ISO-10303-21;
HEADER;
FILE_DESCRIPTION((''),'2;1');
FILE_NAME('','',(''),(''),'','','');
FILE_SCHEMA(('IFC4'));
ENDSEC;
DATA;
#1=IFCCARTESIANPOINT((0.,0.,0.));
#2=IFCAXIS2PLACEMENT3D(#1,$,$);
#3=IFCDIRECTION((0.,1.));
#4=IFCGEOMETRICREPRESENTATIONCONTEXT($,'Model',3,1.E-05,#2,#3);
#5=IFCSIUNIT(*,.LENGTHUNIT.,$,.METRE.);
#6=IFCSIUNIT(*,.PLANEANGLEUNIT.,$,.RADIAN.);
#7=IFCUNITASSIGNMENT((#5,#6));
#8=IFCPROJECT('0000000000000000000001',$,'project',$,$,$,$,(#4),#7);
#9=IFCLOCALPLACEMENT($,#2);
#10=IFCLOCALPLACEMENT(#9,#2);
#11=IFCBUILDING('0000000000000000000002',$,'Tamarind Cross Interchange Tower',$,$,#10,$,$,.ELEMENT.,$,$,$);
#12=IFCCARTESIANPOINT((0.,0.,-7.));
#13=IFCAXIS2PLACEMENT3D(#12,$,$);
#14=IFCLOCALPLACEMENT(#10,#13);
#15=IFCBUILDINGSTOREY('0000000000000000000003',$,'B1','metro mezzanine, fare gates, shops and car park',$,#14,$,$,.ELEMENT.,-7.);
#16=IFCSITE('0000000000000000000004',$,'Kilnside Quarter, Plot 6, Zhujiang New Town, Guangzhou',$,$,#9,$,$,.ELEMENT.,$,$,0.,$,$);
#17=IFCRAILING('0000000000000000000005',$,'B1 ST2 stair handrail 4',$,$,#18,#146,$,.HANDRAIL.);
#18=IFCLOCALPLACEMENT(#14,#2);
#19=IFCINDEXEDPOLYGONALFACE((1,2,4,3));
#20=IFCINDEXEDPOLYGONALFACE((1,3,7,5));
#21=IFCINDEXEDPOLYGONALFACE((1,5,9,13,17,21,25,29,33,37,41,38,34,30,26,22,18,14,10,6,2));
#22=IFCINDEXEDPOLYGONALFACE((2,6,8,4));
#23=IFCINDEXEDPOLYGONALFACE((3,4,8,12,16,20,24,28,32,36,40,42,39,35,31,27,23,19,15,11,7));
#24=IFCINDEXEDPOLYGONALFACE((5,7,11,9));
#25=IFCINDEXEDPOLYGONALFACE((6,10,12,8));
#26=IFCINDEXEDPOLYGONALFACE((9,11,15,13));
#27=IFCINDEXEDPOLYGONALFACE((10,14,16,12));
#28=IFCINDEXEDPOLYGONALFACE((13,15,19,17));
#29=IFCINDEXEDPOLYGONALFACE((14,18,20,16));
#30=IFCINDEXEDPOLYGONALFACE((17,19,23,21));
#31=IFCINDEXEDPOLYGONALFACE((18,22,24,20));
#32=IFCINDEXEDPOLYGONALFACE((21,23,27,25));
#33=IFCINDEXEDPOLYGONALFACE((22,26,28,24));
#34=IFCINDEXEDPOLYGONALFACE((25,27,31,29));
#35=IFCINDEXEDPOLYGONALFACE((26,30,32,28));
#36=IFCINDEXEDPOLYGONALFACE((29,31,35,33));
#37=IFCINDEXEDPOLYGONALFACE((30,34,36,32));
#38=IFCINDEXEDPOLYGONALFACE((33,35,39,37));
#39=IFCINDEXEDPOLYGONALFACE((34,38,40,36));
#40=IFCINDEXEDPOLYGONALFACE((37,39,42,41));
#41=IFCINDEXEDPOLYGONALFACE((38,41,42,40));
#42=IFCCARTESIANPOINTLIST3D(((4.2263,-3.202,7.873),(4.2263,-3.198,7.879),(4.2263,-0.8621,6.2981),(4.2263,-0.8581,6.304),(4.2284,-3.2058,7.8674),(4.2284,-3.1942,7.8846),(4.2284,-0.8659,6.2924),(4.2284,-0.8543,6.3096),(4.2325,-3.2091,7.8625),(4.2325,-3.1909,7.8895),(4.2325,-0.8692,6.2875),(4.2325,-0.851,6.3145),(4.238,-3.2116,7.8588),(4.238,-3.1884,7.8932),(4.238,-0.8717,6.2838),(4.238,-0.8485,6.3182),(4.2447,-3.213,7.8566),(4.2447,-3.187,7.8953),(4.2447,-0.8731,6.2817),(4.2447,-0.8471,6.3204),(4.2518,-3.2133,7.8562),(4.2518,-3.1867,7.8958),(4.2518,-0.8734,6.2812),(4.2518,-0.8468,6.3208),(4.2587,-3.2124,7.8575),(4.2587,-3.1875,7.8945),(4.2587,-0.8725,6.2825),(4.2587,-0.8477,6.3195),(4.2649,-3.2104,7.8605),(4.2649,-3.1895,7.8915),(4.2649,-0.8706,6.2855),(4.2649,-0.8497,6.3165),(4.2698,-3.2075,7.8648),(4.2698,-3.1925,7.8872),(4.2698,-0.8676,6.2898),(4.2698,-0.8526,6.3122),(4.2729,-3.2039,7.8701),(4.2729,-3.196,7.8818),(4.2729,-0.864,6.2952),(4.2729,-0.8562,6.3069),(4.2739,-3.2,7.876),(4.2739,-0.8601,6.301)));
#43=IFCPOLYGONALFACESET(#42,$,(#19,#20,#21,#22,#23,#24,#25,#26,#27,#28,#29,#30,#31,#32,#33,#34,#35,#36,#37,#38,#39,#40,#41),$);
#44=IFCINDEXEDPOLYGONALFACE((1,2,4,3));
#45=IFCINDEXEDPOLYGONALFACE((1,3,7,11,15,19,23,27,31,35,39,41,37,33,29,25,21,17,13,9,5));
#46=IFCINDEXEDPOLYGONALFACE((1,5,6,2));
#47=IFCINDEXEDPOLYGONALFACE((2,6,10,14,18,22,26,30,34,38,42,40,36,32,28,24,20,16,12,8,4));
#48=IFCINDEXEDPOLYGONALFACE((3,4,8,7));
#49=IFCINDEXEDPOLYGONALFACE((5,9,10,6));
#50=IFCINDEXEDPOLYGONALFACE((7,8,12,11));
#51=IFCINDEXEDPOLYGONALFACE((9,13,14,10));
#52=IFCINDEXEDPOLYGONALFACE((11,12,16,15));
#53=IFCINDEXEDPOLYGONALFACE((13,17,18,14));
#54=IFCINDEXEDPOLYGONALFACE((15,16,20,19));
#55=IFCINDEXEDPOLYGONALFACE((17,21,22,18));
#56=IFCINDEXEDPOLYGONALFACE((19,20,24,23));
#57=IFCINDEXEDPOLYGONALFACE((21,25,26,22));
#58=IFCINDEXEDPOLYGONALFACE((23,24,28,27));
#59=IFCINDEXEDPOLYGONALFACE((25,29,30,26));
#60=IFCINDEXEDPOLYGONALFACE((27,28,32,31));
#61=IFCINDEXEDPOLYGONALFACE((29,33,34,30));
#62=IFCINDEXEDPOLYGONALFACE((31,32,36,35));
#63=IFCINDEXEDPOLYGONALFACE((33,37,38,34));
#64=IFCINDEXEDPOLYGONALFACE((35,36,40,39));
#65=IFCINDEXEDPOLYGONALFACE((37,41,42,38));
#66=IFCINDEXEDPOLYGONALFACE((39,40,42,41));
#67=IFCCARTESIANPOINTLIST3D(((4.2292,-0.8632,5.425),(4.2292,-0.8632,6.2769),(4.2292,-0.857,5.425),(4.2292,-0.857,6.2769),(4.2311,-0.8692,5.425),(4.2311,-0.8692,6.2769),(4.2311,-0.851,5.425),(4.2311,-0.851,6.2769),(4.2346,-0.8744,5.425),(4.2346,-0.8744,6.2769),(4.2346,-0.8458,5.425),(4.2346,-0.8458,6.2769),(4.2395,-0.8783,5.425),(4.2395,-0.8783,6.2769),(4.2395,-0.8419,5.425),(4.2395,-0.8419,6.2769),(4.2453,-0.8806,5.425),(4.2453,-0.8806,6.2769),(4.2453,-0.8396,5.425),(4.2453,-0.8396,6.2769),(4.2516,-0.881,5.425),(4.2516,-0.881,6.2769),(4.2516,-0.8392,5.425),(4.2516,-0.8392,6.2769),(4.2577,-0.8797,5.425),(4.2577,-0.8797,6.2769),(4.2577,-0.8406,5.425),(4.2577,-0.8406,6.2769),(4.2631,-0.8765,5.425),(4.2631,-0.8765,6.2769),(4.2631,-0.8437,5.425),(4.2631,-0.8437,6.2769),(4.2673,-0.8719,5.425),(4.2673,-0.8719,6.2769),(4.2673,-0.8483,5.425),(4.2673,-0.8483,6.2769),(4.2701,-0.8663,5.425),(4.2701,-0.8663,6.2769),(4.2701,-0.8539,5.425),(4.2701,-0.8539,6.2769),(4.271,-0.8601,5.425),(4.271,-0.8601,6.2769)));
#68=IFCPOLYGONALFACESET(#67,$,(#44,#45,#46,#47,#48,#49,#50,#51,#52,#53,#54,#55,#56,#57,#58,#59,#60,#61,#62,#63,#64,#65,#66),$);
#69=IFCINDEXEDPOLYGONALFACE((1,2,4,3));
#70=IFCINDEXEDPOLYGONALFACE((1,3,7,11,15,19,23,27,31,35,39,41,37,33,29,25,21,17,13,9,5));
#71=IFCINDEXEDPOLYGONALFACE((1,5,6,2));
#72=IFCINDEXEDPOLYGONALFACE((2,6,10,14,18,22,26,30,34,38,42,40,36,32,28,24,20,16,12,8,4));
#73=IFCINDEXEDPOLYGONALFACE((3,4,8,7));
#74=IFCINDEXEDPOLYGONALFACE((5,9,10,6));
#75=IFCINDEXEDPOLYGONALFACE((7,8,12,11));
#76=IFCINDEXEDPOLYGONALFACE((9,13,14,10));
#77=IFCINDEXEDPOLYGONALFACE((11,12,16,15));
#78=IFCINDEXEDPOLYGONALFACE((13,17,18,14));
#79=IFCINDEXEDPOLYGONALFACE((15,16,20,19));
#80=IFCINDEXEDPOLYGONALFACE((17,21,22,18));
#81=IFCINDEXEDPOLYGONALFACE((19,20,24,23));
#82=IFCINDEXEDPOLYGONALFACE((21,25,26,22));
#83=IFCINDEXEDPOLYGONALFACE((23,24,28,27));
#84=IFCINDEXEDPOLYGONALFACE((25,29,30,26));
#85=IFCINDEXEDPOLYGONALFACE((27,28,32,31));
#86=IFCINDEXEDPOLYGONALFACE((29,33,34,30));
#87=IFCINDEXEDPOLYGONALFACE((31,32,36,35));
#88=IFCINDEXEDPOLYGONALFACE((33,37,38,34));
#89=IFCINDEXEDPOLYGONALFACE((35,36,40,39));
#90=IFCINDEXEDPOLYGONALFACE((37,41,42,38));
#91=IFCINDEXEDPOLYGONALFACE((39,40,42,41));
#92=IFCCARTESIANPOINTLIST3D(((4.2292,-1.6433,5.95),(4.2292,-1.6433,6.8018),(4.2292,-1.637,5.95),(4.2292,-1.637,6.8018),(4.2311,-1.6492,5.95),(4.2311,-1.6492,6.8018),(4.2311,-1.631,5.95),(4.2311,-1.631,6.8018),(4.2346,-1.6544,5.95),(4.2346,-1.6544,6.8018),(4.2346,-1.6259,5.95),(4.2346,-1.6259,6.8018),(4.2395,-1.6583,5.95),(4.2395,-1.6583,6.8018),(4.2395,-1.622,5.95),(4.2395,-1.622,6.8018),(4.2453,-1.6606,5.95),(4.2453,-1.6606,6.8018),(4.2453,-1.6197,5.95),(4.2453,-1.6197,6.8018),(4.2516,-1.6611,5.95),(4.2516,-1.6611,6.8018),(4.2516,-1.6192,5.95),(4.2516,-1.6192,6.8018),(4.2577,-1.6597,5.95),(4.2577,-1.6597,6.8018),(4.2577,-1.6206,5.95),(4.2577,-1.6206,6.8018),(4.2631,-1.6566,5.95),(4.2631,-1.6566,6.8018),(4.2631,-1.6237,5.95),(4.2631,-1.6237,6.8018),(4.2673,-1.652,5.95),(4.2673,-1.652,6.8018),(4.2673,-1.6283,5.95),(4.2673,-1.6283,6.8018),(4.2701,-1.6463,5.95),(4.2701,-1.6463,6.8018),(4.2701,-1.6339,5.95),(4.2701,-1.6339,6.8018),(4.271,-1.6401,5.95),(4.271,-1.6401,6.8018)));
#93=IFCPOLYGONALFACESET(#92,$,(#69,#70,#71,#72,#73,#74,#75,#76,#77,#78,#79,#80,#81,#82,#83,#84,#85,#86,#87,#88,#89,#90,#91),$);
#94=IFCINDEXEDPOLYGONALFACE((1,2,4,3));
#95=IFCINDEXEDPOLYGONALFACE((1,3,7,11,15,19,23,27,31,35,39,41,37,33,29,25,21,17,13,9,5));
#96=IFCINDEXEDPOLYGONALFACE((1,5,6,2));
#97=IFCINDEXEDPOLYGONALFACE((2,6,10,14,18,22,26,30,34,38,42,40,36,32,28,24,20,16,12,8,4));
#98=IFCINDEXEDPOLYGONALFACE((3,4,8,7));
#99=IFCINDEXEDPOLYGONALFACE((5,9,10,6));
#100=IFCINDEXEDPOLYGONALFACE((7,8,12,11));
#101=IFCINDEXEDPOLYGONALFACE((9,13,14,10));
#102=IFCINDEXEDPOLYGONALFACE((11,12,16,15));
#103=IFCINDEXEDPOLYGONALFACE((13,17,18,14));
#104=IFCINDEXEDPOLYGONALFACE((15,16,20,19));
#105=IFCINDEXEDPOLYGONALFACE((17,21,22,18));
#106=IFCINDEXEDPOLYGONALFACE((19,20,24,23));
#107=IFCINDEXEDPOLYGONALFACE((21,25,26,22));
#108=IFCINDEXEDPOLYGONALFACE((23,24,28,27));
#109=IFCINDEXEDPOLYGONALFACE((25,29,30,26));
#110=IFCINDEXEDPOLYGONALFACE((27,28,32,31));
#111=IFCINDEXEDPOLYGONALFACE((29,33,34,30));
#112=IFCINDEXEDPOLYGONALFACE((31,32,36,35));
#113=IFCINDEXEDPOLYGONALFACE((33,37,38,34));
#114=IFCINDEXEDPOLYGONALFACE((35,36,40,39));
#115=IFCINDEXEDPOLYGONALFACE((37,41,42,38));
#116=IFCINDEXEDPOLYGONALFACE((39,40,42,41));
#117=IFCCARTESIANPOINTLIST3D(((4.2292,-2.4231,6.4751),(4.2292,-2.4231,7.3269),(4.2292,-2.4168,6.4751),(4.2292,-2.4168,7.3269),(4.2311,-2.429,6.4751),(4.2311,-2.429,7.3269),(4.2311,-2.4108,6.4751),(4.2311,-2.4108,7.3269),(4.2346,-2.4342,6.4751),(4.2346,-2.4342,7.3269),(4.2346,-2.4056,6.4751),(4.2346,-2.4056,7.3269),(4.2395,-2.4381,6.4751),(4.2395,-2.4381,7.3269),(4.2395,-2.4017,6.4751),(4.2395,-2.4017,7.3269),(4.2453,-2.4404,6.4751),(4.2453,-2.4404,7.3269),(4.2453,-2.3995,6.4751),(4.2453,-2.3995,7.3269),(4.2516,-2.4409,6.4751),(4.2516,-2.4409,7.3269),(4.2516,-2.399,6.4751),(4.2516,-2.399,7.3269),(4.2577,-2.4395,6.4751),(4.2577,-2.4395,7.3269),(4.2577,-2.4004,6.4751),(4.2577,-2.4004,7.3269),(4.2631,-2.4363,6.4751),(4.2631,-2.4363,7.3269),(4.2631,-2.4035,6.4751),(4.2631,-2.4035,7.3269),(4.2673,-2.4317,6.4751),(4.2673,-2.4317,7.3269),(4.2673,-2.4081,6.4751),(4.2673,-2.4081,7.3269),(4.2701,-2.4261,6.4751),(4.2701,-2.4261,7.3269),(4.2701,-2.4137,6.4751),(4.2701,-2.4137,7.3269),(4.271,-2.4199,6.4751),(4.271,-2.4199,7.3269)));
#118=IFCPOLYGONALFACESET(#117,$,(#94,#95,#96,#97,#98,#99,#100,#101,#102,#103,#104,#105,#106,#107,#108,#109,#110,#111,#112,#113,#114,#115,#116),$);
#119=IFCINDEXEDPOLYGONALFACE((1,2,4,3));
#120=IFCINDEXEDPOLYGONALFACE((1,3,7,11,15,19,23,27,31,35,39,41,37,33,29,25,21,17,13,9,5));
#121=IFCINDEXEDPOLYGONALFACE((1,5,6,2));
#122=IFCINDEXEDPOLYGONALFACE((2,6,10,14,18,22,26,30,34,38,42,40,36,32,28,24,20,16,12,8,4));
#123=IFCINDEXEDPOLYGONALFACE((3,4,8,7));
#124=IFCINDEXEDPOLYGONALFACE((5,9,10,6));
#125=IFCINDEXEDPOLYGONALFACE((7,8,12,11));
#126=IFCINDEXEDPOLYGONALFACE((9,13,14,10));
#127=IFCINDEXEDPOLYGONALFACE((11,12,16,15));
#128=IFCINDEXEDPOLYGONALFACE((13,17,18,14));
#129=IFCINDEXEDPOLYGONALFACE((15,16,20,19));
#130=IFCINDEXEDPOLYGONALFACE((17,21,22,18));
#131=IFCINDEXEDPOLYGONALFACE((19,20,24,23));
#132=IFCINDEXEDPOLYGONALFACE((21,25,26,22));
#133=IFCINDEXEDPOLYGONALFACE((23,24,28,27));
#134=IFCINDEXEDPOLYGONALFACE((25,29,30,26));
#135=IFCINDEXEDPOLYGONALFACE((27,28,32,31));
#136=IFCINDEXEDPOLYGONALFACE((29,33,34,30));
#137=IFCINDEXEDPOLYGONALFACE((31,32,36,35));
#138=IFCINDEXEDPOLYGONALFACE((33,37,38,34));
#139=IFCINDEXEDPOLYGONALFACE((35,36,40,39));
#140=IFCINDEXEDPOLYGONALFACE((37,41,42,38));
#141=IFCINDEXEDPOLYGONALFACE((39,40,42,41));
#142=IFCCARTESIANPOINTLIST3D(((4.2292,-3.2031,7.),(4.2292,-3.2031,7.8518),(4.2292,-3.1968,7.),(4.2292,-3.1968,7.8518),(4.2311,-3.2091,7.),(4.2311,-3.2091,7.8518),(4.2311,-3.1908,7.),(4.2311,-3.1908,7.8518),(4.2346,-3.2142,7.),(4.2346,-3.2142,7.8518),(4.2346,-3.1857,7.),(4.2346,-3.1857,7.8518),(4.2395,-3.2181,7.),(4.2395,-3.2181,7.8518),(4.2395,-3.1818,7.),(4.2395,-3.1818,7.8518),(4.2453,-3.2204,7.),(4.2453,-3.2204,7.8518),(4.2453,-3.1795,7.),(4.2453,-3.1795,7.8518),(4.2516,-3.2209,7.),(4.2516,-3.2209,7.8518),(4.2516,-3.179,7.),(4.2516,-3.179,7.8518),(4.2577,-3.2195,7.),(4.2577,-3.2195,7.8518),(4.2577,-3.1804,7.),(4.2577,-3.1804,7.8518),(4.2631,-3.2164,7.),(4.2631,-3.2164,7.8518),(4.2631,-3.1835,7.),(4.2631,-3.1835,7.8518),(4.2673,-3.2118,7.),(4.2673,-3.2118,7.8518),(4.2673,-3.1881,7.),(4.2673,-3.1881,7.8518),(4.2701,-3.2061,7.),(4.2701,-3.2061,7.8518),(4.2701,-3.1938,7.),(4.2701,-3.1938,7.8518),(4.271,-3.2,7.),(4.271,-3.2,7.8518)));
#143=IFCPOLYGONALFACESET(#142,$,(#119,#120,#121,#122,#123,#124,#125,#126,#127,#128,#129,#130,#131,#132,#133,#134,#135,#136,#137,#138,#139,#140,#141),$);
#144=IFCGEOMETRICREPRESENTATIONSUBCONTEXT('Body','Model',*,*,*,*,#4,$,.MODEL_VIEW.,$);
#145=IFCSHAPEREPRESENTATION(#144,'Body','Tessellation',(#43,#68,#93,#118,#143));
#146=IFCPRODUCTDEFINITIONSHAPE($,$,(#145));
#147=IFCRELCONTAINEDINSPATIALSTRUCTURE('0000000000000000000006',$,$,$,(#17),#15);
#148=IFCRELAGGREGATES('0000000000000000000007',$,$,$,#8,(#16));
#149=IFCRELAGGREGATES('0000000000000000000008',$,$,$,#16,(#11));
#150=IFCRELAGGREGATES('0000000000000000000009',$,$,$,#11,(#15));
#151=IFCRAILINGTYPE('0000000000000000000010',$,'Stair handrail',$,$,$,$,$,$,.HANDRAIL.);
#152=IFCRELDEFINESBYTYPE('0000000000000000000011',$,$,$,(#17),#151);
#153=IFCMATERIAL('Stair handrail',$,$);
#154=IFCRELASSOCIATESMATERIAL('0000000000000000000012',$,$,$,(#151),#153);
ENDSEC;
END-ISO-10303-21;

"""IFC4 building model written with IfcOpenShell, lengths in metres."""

from ifc_helpers import new_model, si_unit, direction, frame, origin, origin_2d, place, context, subcontext, project, spatial, circle, extrude, material, type_object, element, save


model = new_model("IFC4")

# Units and contexts
model_context = context("Model", 3, precision=1e-05, world=origin(), true_north=direction((0.0, 1.0)))
body_context = subcontext(model_context, "Body", "Model", "MODEL_VIEW")
ifc_project = project(units=[si_unit("LENGTHUNIT", "METRE"), si_unit("PLANEANGLEUNIT", "RADIAN")], contexts=[model_context])

# Site, building, storey
site_placement = place(None, origin())
site = spatial("IfcSite", under=ifc_project, at=site_placement, Name="Kilnside Quarter, Plot 6, Zhujiang New Town, Guangzhou", CompositionType="ELEMENT", RefElevation=0.0)
building_placement = place(site_placement, origin())
building = spatial("IfcBuilding", under=site, at=building_placement, Name="Tamarind Cross Interchange Tower", CompositionType="ELEMENT")
storey_placement = place(building_placement, frame((0.0, 0.0, -7.0)))
storey = spatial("IfcBuildingStorey", under=building, at=storey_placement, Name="B1", Description="metro mezzanine, fare gates, shops and car park", CompositionType="ELEMENT", Elevation=-7.0)

# Railing
ifc_material_1 = material(Name="Stair handrail")
railing_type_1 = type_object("IfcRailingType", Name="Stair handrail", PredefinedType="HANDRAIL", material=ifc_material_1)
for number, where, name in (
    (1, (4.25, -0.8601, 5.425), "B1 ST2 stair handrail 4"),
):
    element("IfcRailing", number, at=place(storey_placement, frame(where)), inside=storey, type_object=railing_type_1, Name=name, PredefinedType="HANDRAIL", context=body_context, shape_type="SweptSolid", body=[
        extrude(circle(Radius=0.0239, at=origin_2d()), frame((0.0, 0.0, 0.876), z_axis=(0.0, -0.829578, 0.55839), x_axis=(1.0, 0.0, 0.0)), (0.0, 0.0, 1.0), 2.8206),
        extrude(circle(Radius=0.021, at=origin_2d()), origin(), (0.0, 0.0, 1.0), 0.8518),
        extrude(circle(Radius=0.021, at=origin_2d()), frame((0.0, -0.78, 0.5249)), (0.0, 0.0, 1.0), 0.8518),
        extrude(circle(Radius=0.021, at=origin_2d()), frame((0.0, -1.5598, 1.05)), (0.0, 0.0, 1.0), 0.8518),
        extrude(circle(Radius=0.021, at=origin_2d()), frame((0.0, -2.3398, 1.575)), (0.0, 0.0, 1.0), 0.8518),
    ])

save(model, "model.ifc")
